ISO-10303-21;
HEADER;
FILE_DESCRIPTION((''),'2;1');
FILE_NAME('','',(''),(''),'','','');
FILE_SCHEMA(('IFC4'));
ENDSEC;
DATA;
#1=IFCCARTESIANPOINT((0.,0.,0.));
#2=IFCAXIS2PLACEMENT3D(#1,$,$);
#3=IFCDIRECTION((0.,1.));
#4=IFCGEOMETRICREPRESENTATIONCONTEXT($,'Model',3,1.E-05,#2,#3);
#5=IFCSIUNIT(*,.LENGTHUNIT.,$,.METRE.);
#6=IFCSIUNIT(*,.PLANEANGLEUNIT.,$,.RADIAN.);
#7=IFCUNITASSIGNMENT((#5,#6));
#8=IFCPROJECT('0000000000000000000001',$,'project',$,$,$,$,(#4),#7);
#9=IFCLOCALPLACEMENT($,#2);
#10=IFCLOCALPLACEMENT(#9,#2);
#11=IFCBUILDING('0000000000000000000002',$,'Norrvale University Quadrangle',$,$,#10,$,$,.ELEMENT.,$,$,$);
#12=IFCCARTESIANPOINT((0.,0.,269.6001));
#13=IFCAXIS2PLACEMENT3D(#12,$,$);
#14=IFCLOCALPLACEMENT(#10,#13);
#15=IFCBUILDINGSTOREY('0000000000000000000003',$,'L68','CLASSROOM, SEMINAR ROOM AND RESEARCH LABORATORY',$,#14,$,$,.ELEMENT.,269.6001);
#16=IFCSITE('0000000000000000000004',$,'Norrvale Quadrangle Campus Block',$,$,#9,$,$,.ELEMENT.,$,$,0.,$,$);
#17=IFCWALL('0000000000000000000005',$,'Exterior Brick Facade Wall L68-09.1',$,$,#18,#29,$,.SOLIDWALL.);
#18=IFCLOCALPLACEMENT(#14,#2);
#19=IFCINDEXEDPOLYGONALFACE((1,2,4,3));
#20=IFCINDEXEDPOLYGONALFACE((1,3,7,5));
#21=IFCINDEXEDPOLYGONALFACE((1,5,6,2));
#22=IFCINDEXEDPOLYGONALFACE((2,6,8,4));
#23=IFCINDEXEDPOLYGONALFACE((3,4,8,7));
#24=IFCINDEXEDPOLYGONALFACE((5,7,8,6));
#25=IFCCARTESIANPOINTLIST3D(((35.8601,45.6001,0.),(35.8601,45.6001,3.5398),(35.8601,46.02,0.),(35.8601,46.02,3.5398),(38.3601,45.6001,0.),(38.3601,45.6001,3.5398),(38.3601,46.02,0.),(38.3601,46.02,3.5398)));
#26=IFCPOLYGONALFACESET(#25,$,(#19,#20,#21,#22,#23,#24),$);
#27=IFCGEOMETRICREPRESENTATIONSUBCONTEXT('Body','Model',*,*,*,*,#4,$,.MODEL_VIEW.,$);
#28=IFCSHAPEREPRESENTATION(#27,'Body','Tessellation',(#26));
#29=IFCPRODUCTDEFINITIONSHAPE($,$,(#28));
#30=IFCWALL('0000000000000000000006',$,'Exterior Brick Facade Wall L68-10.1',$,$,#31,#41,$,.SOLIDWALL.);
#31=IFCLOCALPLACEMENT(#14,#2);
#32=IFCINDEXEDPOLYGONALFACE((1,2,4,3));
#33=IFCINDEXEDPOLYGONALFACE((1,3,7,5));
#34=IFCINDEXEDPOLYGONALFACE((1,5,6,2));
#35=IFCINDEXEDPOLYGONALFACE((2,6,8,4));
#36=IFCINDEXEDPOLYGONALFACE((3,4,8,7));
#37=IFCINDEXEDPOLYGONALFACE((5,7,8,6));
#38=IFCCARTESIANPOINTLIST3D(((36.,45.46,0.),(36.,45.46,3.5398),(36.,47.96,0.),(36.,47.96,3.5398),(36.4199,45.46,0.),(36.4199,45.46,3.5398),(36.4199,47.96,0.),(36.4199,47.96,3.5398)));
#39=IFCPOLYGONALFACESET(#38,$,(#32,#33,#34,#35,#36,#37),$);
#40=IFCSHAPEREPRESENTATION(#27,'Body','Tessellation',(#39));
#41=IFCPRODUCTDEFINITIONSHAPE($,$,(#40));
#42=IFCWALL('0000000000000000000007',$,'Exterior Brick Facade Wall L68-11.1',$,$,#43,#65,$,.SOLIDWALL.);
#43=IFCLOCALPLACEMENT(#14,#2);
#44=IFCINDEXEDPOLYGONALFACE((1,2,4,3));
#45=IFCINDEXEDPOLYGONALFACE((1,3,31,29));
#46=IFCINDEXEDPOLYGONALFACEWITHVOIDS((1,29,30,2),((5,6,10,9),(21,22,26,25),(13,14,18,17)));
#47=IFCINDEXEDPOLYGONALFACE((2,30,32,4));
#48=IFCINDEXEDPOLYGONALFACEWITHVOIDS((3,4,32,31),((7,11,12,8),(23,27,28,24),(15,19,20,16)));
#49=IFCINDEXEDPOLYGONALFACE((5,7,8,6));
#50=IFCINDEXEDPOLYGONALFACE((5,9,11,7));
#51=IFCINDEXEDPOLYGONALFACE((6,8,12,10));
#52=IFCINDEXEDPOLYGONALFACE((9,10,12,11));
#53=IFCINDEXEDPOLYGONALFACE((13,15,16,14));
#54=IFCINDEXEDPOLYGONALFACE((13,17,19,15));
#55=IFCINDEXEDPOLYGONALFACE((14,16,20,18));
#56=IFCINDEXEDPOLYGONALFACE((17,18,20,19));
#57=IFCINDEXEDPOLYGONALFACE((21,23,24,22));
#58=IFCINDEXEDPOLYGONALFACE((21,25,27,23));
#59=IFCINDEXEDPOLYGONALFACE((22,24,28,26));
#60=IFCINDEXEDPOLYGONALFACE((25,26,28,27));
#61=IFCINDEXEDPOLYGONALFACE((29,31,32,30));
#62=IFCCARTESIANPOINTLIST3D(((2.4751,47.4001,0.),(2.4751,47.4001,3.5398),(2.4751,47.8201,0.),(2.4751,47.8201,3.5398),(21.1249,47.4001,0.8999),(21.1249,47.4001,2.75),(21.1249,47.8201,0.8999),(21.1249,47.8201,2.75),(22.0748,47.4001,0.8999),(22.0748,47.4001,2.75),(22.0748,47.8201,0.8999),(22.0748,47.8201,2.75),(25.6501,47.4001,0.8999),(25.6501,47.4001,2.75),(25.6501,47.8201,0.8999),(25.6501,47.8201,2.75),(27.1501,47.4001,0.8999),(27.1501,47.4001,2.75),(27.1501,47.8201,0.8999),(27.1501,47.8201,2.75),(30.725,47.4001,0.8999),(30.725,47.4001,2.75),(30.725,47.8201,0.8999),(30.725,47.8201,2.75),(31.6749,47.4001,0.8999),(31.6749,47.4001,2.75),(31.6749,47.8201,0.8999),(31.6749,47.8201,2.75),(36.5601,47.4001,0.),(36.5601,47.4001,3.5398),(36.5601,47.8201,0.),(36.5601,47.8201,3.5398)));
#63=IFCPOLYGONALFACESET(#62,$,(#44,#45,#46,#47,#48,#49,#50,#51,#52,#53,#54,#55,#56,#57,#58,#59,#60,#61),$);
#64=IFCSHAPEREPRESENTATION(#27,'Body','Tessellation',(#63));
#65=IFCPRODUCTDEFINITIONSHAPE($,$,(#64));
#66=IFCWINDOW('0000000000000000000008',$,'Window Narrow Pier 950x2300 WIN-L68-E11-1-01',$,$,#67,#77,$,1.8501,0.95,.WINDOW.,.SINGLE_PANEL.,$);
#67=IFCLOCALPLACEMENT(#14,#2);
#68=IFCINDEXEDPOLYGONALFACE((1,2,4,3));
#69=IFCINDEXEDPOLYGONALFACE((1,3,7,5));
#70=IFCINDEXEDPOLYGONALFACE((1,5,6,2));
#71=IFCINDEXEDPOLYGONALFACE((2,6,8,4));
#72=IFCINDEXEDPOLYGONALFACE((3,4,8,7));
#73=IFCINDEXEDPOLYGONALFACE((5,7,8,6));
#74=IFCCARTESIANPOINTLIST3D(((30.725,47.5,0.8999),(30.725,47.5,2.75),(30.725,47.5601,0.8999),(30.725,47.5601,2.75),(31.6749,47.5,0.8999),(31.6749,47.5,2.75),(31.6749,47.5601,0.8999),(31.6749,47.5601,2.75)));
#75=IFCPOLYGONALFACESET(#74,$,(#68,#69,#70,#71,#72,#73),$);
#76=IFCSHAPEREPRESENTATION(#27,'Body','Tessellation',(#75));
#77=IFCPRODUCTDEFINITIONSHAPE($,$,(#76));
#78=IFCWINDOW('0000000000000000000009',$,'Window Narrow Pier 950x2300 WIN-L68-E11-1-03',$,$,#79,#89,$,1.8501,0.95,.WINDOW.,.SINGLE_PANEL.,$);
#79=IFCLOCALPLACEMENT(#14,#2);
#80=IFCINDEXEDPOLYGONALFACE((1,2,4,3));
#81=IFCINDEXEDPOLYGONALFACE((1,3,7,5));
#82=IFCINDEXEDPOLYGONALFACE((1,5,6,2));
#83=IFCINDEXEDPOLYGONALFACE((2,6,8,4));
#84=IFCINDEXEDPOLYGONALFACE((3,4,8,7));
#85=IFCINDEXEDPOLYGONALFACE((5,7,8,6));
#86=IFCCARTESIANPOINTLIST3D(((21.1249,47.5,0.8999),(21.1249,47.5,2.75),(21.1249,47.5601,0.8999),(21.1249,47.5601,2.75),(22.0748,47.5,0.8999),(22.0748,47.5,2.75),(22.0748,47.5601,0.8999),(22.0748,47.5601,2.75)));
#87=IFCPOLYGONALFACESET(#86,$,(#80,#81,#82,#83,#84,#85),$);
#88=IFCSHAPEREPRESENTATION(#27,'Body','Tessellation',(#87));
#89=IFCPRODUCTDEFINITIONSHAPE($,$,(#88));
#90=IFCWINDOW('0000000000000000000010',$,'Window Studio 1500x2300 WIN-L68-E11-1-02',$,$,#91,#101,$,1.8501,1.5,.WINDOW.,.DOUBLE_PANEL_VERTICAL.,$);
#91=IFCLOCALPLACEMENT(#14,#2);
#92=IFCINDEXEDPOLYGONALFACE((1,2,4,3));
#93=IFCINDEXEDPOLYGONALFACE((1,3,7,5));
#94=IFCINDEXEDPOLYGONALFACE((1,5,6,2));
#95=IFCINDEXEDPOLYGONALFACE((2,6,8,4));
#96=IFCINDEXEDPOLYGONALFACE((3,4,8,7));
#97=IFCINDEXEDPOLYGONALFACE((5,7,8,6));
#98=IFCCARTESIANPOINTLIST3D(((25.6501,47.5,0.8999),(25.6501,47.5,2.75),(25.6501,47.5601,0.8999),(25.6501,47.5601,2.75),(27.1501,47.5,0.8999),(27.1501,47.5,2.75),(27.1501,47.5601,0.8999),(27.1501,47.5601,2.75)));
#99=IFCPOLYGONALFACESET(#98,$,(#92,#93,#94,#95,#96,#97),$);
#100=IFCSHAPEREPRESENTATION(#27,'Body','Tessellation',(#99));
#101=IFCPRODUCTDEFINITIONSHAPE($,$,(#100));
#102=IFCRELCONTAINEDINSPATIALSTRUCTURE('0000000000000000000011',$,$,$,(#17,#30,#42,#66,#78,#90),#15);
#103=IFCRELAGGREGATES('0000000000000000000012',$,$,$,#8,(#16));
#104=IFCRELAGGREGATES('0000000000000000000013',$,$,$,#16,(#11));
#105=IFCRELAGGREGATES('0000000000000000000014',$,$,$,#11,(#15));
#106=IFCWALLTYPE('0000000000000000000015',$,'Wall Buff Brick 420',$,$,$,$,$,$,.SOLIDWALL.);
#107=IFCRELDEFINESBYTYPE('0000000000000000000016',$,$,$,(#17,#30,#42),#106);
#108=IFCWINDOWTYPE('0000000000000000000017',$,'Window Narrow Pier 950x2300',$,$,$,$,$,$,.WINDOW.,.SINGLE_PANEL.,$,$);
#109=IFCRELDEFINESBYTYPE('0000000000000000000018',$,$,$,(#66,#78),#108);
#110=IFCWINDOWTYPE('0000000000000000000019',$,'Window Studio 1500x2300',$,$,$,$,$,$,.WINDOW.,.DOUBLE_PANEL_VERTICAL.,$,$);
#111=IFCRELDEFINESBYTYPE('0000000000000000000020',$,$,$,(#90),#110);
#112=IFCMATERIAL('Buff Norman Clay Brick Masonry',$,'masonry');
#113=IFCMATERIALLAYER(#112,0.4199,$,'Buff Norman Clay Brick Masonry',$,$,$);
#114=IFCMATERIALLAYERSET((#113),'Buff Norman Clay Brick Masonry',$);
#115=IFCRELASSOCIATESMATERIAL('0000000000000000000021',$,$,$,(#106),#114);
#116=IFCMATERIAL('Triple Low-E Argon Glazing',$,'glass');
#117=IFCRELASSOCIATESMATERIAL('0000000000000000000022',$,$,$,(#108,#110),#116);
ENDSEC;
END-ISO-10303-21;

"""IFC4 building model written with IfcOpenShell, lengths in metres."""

from ifc_helpers import new_model, si_unit, direction, frame, frame_2d, origin, place, context, subcontext, project, spatial, rectangle, extrude, material, layer, layer_set, type_object, element, fill, save


model = new_model("IFC4")

# Units and contexts
model_context = context("Model", 3, precision=1e-05, world=origin(), true_north=direction((0.0, 1.0)))
body_context = subcontext(model_context, "Body", "Model", "MODEL_VIEW")
ifc_project = project(units=[si_unit("LENGTHUNIT", "METRE"), si_unit("PLANEANGLEUNIT", "RADIAN")], contexts=[model_context])

# Site, building, storey
site_placement = place(None, origin())
site = spatial("IfcSite", under=ifc_project, at=site_placement, Name="Norrvale Quadrangle Campus Block", CompositionType="ELEMENT", RefElevation=0.0)
building_placement = place(site_placement, origin())
building = spatial("IfcBuilding", under=site, at=building_placement, Name="Norrvale University Quadrangle", CompositionType="ELEMENT")
storey_placement = place(building_placement, frame((0.0, 0.0, 269.6001)))
storey = spatial("IfcBuildingStorey", under=building, at=storey_placement, Name="L68", Description="CLASSROOM, SEMINAR ROOM AND RESEARCH LABORATORY", CompositionType="ELEMENT", Elevation=269.6001)

# Shared definitions
ifc_material_1 = material(Name="Buff Norman Clay Brick Masonry", Category="masonry")
ifc_layer = layer(ifc_material_1, 0.4199, Name="Buff Norman Clay Brick Masonry")
ifc_layer_set = layer_set([ifc_layer], Name="Buff Norman Clay Brick Masonry")
wall_type = type_object("IfcWallType", Name="Wall Buff Brick 420", PredefinedType="SOLIDWALL", material=ifc_layer_set)

# Shared definitions
ifc_material_2 = material(Name="Triple Low-E Argon Glazing", Category="glass")

# Walls
for number, where, z_axis, x_axis, name in (
    (1, (38.3601, 45.8101, 0.0), (0.0, 0.0, 1.0), (-1.0, 0.0, 0.0), "Exterior Brick Facade Wall L68-09.1"),
    (2, (36.21, 45.46, 0.0), (0.0, 0.0, 1.0), (0.0, 1.0, 0.0), "Exterior Brick Facade Wall L68-10.1"),
):
    element("IfcWall", number, at=place(storey_placement, frame(where, z_axis=z_axis, x_axis=x_axis)), inside=storey, type_object=wall_type, Name=name, PredefinedType="SOLIDWALL", context=body_context, shape_type="SweptSolid", body=[
        extrude(rectangle(XDim=2.5, YDim=0.4199, at=frame_2d((1.25, 0.0))), origin(), (0.0, 0.0, 1.0), 3.5398),
    ])

# Wall, openings, windows
wall_1_placement = place(storey_placement, frame((36.5601, 47.6101, 0.0), z_axis=(0.0, 0.0, 1.0), x_axis=(-1.0, 0.0, 0.0)))
wall_1 = element("IfcWall", 3, at=wall_1_placement, inside=storey, type_object=wall_type, Name="Exterior Brick Facade Wall L68-11.1", PredefinedType="SOLIDWALL", context=body_context, shape_type="SweptSolid", body=[
    extrude(rectangle(XDim=34.085, YDim=0.4199, at=frame_2d((17.0425, 0.0))), origin(), (0.0, 0.0, 1.0), 3.5398),
])
opening_1_placement = place(wall_1_placement, frame((4.885, 0.0, 0.8999)))
opening_1 = element("IfcOpeningElement", 4, at=opening_1_placement, cuts=wall_1, PredefinedType="OPENING", context=body_context, shape_type="SweptSolid", body=[
    extrude(rectangle(XDim=0.95, YDim=1.8501, at=frame_2d((0.4751, 0.925))), frame((0.0, 0.2219, 0.0), z_axis=(0.0, -1.0, 0.0), x_axis=(1.0, 0.0, 0.0)), (0.0, 0.0, 1.0), 0.4438),
])
opening_2_placement = place(wall_1_placement, frame((9.4099, 0.0, 0.8999)))
opening_2 = element("IfcOpeningElement", 5, at=opening_2_placement, cuts=wall_1, PredefinedType="OPENING", context=body_context, shape_type="SweptSolid", body=[
    extrude(rectangle(XDim=1.5, YDim=1.8501, at=frame_2d((0.75, 0.925))), frame((0.0, 0.2219, 0.0), z_axis=(0.0, -1.0, 0.0), x_axis=(1.0, 0.0, 0.0)), (0.0, 0.0, 1.0), 0.4438),
])
opening_3_placement = place(wall_1_placement, frame((14.4851, 0.0, 0.8999)))
opening_3 = element("IfcOpeningElement", 6, at=opening_3_placement, cuts=wall_1, PredefinedType="OPENING", context=body_context, shape_type="SweptSolid", body=[
    extrude(rectangle(XDim=0.95, YDim=1.8501, at=frame_2d((0.4751, 0.925))), frame((0.0, 0.2219, 0.0), z_axis=(0.0, -1.0, 0.0), x_axis=(1.0, 0.0, 0.0)), (0.0, 0.0, 1.0), 0.4438),
])
window_type_1 = type_object("IfcWindowType", Name="Window Narrow Pier 950x2300", PartitioningType="SINGLE_PANEL", PredefinedType="WINDOW", material=ifc_material_2)
window_1_placement = place(opening_1_placement, origin())
window_1 = element("IfcWindow", 7, at=window_1_placement, inside=storey, type_object=window_type_1, Name="Window Narrow Pier 950x2300 WIN-L68-E11-1-01", OverallHeight=1.8501, OverallWidth=0.95, PartitioningType="SINGLE_PANEL", PredefinedType="WINDOW", context=body_context, shape_type="SweptSolid", body=[
    extrude(rectangle(XDim=0.95, YDim=1.8501, at=frame_2d((0.4751, 0.925))), frame((0.0, 0.1101, 0.0), z_axis=(0.0, -1.0, 0.0), x_axis=(1.0, 0.0, 0.0)), (0.0, 0.0, 1.0), 0.0601),
])
fill(opening_1, window_1)
window_2_placement = place(opening_3_placement, origin())
window_2 = element("IfcWindow", 8, at=window_2_placement, inside=storey, type_object=window_type_1, Name="Window Narrow Pier 950x2300 WIN-L68-E11-1-03", OverallHeight=1.8501, OverallWidth=0.95, PartitioningType="SINGLE_PANEL", PredefinedType="WINDOW", context=body_context, shape_type="SweptSolid", body=[
    extrude(rectangle(XDim=0.95, YDim=1.8501, at=frame_2d((0.4751, 0.925))), frame((0.0, 0.1101, 0.0), z_axis=(0.0, -1.0, 0.0), x_axis=(1.0, 0.0, 0.0)), (0.0, 0.0, 1.0), 0.0601),
])
fill(opening_3, window_2)
window_type_2 = type_object("IfcWindowType", Name="Window Studio 1500x2300", PartitioningType="DOUBLE_PANEL_VERTICAL", PredefinedType="WINDOW", material=ifc_material_2)
window_3_placement = place(opening_2_placement, origin())
window_3 = element("IfcWindow", 9, at=window_3_placement, inside=storey, type_object=window_type_2, Name="Window Studio 1500x2300 WIN-L68-E11-1-02", OverallHeight=1.8501, OverallWidth=1.5, PartitioningType="DOUBLE_PANEL_VERTICAL", PredefinedType="WINDOW", context=body_context, shape_type="SweptSolid", body=[
    extrude(rectangle(XDim=1.5, YDim=1.8501, at=frame_2d((0.75, 0.925))), frame((0.0, 0.1101, 0.0), z_axis=(0.0, -1.0, 0.0), x_axis=(1.0, 0.0, 0.0)), (0.0, 0.0, 1.0), 0.0601),
])
fill(opening_2, window_3)

save(model, "model.ifc")
